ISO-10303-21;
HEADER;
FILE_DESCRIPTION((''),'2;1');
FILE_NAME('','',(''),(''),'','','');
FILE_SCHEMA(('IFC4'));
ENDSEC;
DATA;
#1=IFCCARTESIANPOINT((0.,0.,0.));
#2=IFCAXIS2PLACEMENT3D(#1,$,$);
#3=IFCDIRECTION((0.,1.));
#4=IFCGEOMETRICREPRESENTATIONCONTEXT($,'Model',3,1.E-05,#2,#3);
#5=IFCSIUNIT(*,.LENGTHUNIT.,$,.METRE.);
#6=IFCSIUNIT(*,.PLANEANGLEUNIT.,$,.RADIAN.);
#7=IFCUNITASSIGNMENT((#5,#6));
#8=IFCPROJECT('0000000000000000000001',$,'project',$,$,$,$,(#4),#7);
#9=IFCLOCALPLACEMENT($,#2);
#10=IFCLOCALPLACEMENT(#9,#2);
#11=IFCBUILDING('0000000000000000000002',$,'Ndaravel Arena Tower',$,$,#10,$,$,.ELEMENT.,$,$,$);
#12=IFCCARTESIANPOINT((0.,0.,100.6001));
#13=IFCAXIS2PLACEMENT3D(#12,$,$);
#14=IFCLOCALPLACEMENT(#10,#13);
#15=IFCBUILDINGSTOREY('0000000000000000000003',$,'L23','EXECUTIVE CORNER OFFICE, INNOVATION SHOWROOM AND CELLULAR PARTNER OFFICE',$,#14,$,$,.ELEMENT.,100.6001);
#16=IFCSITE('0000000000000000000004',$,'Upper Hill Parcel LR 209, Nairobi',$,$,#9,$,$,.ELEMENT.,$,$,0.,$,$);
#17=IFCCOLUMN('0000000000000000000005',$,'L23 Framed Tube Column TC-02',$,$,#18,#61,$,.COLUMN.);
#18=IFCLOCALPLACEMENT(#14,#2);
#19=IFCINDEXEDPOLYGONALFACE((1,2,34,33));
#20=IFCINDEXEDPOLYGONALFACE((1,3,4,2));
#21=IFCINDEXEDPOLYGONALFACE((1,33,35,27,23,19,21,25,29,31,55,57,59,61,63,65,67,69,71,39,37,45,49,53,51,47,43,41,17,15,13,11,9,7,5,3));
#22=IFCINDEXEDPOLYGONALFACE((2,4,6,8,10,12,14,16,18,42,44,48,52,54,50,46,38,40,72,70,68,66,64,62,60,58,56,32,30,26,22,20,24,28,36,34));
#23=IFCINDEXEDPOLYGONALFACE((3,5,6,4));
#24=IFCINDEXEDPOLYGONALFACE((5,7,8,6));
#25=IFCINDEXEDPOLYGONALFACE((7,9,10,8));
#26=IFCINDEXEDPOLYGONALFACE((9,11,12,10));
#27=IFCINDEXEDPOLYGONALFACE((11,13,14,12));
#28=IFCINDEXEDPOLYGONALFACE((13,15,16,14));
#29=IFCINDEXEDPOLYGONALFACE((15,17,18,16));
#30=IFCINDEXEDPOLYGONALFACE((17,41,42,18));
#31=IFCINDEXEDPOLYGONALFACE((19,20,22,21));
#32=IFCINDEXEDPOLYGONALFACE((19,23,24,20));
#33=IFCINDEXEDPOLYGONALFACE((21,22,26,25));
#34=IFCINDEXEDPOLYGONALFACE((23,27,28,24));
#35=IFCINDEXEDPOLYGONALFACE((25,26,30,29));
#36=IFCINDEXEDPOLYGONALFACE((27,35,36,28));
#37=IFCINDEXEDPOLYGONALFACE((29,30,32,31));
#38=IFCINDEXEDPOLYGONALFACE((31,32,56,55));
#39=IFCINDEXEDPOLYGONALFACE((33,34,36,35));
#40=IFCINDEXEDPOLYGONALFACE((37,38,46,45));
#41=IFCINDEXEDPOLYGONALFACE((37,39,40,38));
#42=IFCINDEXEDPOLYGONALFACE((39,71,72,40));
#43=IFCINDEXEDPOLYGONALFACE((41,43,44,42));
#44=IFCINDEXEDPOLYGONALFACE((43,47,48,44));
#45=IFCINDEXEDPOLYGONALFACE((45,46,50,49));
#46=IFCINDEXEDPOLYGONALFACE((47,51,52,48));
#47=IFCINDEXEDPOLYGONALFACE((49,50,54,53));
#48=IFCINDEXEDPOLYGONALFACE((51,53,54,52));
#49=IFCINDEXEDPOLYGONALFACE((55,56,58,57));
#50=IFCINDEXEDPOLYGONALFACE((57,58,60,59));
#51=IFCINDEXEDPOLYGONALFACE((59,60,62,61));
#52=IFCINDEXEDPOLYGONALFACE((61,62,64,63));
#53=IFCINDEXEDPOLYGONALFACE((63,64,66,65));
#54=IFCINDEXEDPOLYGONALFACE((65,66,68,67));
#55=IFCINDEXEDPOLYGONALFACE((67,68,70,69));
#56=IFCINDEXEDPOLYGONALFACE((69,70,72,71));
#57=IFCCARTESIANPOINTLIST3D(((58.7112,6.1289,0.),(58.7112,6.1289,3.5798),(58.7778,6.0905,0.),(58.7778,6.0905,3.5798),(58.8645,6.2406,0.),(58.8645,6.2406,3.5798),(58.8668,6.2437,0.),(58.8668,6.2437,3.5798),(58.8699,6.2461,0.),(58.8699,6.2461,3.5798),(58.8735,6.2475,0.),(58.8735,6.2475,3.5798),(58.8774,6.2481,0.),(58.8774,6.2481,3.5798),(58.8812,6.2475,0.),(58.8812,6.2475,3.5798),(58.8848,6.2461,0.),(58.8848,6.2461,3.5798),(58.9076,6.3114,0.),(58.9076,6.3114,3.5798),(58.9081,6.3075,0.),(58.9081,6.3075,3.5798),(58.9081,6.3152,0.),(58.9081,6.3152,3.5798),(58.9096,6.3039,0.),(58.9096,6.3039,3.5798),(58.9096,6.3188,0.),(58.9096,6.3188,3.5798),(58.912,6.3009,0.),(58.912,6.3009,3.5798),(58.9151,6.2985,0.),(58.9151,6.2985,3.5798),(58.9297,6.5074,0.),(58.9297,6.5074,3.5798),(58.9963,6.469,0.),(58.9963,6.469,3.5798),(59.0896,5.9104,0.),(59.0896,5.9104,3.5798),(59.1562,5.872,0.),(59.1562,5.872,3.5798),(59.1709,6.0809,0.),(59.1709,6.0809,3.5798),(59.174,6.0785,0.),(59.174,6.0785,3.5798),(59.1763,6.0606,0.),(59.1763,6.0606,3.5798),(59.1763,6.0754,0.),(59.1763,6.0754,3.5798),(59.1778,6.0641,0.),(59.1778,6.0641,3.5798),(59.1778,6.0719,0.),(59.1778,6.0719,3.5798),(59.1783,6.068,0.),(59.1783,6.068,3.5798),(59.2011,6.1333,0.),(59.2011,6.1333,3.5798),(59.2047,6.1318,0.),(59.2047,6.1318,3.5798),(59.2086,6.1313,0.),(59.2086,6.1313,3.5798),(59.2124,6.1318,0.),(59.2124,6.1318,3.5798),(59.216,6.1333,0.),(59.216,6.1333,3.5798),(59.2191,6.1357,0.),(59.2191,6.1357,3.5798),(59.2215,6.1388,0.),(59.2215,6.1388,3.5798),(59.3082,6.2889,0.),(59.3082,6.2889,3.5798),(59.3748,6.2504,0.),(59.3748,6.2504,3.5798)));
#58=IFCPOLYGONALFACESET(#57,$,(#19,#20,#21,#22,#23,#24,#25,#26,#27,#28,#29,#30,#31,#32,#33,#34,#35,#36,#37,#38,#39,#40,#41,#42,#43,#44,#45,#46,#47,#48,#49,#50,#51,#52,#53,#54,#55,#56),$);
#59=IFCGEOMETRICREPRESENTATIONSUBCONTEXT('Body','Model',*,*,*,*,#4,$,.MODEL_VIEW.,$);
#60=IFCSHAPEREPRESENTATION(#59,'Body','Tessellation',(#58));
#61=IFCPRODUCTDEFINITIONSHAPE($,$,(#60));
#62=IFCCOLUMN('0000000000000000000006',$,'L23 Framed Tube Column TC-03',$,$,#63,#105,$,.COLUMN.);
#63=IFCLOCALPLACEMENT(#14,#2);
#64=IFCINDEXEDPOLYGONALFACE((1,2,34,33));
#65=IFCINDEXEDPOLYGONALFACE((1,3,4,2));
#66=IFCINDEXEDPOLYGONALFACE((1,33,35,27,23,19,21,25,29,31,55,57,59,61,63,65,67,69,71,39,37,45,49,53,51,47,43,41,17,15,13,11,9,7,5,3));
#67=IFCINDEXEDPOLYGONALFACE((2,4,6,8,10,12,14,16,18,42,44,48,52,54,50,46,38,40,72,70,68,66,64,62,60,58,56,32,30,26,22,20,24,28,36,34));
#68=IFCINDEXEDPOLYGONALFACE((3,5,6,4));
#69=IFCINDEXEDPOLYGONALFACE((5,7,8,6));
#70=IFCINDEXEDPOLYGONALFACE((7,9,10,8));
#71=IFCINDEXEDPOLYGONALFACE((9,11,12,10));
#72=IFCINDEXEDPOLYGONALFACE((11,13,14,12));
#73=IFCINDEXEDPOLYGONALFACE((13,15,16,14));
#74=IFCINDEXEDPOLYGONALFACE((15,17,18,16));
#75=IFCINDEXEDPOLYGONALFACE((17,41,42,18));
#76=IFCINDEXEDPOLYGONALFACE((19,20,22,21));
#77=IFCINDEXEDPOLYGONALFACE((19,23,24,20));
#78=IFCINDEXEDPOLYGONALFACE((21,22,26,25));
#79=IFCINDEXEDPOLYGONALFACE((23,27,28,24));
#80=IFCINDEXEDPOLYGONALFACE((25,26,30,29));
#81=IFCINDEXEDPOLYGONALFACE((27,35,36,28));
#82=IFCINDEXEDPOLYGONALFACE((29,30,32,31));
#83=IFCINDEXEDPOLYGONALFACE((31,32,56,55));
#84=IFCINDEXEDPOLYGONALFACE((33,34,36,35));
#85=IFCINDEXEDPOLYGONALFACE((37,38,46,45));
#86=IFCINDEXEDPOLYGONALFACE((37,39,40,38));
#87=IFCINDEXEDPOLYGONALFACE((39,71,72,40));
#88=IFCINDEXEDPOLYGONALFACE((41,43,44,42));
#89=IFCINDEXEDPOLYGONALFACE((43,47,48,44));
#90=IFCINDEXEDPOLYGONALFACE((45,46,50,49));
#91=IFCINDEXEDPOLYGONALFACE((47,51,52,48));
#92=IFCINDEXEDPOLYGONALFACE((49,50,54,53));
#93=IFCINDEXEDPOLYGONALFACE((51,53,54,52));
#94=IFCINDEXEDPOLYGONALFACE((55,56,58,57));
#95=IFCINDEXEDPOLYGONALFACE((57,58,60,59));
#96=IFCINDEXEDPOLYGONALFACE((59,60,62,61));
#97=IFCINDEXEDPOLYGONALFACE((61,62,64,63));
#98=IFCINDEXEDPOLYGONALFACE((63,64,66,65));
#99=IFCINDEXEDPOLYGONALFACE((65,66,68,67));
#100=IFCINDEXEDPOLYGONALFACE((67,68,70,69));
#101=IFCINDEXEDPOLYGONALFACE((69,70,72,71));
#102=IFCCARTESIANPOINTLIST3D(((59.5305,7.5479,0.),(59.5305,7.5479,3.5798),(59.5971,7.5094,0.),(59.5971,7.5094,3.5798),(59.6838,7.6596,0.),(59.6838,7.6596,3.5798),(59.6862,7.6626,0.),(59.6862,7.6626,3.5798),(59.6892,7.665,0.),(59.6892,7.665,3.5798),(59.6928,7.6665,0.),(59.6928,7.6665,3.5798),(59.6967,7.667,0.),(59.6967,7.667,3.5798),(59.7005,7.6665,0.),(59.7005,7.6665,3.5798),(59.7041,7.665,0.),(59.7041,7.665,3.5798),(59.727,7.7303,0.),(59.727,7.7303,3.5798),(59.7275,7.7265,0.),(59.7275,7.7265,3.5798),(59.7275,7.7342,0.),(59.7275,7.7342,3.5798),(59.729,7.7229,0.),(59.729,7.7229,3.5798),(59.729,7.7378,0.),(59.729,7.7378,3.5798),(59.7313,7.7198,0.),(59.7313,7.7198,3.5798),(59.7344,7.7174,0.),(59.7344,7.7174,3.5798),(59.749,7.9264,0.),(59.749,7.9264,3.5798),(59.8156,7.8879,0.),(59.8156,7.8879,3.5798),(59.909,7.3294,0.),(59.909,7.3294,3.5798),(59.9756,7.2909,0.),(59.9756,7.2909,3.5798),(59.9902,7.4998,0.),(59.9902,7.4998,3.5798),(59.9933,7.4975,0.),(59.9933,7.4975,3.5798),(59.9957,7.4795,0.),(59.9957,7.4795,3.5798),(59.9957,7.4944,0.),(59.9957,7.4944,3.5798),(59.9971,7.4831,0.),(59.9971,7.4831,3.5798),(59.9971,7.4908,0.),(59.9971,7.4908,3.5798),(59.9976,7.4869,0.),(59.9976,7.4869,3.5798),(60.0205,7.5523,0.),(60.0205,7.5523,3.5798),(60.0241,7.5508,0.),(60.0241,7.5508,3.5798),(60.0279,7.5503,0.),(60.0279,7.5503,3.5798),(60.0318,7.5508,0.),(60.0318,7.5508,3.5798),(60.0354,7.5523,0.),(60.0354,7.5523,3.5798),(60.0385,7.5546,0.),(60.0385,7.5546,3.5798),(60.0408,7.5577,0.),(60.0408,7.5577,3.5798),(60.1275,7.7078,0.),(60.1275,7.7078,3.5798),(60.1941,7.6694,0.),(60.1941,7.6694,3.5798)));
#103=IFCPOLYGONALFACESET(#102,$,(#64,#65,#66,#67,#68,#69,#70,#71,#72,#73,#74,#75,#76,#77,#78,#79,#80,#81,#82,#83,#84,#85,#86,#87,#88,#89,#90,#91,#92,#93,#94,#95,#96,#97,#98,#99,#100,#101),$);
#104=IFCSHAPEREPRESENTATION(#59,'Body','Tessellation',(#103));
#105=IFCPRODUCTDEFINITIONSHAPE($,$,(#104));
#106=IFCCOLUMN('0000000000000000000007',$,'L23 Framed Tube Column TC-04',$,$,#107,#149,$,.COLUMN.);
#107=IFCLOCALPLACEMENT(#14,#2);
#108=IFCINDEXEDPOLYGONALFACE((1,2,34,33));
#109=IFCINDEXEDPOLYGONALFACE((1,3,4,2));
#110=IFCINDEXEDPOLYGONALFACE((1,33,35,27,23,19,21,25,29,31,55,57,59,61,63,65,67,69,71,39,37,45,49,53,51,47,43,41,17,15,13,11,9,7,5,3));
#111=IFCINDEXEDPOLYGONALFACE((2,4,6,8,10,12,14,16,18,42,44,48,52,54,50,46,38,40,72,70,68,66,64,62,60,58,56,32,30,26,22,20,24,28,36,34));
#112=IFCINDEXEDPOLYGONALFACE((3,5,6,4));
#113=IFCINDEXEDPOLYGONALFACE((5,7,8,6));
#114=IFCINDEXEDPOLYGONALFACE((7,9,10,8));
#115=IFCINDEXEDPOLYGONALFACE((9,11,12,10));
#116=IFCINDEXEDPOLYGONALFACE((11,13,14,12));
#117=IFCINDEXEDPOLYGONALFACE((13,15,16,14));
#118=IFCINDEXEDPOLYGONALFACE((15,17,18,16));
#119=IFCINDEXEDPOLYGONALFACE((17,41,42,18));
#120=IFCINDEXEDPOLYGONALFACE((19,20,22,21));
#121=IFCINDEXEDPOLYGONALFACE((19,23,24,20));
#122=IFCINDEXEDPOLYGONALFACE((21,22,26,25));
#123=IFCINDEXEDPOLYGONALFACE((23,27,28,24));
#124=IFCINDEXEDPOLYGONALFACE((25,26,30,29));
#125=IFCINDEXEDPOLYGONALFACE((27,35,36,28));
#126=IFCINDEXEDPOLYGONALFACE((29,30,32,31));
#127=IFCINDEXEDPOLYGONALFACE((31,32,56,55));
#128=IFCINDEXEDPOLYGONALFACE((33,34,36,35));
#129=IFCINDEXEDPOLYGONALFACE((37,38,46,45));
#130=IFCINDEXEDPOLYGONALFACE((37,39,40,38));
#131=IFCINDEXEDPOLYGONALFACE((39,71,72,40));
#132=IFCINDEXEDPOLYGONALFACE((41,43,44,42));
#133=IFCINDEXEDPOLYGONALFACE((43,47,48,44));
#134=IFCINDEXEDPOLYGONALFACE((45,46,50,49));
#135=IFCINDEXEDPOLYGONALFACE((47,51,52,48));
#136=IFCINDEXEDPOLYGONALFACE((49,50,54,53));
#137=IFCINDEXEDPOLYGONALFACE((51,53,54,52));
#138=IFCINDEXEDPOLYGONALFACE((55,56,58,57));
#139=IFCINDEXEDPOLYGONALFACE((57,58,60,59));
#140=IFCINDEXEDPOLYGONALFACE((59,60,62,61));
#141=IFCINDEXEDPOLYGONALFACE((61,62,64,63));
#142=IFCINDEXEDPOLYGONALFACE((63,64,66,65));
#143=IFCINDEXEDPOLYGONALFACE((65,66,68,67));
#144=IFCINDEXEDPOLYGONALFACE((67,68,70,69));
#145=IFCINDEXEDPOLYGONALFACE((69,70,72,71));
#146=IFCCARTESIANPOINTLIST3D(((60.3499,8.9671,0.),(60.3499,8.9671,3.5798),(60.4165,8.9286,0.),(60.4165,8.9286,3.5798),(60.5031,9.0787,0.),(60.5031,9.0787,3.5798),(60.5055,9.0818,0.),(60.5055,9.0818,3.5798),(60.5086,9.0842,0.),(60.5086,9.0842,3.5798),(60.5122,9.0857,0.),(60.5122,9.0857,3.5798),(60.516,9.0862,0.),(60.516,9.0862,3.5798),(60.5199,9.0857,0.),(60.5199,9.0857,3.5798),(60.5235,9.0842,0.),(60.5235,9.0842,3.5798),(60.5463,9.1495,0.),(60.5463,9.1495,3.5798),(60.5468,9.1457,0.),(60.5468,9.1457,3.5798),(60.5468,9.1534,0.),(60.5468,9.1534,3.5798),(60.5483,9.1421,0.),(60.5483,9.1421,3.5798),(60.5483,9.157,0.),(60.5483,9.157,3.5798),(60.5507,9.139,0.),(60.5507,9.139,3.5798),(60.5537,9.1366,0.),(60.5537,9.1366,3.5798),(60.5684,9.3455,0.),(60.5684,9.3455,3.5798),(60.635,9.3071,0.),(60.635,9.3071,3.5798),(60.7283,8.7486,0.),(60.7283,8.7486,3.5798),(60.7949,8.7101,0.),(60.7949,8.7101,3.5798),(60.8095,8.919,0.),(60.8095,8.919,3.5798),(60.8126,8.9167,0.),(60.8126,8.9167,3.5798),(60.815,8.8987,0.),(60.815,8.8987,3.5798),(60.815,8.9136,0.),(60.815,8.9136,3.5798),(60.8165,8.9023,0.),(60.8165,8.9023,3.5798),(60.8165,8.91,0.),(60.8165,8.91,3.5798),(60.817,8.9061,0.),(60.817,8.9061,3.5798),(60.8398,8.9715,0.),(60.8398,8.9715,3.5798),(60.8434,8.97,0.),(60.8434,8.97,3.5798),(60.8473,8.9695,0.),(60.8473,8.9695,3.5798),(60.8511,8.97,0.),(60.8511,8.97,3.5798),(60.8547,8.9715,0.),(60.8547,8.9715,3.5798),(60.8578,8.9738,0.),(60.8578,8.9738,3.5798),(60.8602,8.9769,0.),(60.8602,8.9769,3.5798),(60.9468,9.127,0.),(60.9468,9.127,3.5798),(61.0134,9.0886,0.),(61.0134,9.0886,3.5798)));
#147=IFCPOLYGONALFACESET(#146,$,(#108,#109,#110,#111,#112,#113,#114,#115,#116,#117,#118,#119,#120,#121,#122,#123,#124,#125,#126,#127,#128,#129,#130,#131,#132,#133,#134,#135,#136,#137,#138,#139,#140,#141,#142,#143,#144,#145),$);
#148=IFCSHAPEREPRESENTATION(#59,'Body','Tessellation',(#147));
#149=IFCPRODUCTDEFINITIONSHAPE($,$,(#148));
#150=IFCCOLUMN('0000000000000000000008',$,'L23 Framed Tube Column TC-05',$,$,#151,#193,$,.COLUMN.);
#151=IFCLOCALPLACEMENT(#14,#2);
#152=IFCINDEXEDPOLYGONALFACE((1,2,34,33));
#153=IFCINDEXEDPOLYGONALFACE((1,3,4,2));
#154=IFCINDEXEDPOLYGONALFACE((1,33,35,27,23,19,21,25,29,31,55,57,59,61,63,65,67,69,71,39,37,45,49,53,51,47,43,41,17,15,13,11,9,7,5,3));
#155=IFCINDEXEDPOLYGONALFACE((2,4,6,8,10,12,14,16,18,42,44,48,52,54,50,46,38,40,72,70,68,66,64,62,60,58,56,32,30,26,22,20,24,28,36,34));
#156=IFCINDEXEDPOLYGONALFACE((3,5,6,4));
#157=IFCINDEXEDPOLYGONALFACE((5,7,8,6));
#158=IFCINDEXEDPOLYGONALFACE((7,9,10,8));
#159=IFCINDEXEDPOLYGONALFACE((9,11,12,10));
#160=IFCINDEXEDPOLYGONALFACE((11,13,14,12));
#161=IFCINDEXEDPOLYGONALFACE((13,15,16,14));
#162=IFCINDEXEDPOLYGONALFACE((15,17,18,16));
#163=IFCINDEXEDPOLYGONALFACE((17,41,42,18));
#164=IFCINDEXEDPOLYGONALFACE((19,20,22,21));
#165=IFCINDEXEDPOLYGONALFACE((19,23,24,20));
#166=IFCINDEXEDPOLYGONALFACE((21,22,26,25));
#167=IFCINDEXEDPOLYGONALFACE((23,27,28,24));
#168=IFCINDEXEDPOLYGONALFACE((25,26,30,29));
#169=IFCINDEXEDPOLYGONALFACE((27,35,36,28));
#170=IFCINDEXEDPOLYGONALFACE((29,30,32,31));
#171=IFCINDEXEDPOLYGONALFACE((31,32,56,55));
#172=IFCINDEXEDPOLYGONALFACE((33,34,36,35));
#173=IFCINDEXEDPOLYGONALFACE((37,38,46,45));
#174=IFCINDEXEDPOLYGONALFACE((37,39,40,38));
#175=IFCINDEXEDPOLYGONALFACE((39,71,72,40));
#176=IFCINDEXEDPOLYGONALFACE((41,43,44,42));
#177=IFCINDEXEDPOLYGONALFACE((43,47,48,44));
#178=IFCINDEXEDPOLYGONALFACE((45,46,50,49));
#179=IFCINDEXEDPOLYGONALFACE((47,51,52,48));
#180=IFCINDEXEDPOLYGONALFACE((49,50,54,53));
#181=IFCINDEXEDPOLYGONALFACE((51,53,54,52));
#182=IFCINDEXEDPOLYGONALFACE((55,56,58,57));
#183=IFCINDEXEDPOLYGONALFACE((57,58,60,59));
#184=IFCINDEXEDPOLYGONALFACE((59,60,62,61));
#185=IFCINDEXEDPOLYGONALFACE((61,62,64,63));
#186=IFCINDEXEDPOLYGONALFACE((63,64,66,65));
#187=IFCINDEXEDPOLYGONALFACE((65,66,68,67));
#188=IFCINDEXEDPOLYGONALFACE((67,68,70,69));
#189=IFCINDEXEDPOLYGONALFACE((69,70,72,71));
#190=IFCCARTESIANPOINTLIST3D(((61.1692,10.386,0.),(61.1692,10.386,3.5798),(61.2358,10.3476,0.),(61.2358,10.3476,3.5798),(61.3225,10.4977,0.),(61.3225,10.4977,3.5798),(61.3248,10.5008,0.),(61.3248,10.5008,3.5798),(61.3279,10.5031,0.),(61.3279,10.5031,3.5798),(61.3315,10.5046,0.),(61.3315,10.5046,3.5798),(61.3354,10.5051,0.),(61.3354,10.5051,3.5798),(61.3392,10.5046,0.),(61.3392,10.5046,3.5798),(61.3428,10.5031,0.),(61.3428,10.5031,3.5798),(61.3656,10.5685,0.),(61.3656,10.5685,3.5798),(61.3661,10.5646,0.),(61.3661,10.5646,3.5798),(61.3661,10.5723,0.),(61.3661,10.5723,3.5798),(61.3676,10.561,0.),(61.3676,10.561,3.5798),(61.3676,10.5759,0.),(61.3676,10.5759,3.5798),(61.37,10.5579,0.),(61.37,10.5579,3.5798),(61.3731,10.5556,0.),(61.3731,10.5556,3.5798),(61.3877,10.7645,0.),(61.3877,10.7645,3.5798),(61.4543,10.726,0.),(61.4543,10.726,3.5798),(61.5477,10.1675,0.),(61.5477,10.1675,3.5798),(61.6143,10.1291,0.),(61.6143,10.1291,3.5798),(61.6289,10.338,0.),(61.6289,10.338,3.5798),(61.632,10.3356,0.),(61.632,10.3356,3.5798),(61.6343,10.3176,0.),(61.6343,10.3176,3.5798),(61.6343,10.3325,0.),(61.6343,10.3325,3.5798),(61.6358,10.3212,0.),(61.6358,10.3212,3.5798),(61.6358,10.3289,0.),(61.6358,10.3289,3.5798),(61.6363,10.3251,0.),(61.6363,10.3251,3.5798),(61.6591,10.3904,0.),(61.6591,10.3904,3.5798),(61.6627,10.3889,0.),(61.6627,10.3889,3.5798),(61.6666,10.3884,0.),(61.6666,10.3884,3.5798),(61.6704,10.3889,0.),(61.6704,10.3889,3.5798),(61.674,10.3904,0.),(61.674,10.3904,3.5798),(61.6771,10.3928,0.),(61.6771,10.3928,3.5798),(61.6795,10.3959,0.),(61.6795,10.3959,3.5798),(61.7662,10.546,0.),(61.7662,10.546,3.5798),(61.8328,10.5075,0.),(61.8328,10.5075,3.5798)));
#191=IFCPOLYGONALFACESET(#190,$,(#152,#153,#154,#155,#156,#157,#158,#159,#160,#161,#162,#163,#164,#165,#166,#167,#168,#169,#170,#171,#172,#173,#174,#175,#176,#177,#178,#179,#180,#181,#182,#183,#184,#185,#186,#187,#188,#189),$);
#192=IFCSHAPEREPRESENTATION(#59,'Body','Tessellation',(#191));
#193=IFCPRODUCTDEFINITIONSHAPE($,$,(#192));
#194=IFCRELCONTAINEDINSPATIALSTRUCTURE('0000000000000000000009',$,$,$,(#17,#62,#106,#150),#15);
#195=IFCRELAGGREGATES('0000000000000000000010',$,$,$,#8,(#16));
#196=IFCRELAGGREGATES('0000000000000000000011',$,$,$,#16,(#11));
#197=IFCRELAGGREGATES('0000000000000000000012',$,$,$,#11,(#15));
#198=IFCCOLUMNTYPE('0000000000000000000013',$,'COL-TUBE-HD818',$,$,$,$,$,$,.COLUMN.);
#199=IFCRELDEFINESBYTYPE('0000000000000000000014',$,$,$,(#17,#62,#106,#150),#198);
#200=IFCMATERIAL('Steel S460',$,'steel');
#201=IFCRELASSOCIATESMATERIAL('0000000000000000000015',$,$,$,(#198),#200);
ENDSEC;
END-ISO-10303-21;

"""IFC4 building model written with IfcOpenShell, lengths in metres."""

from ifc_helpers import new_model, si_unit, direction, frame, origin, origin_2d, place, context, subcontext, project, spatial, i_section, extrude, material, material_profile, profile_set, type_object, element, save


model = new_model("IFC4")

# Units and contexts
model_context = context("Model", 3, precision=1e-05, world=origin(), true_north=direction((0.0, 1.0)))
body_context = subcontext(model_context, "Body", "Model", "MODEL_VIEW")
ifc_project = project(units=[si_unit("LENGTHUNIT", "METRE"), si_unit("PLANEANGLEUNIT", "RADIAN")], contexts=[model_context])

# Site, building, storey
site_placement = place(None, origin())
site = spatial("IfcSite", under=ifc_project, at=site_placement, Name="Upper Hill Parcel LR 209, Nairobi", CompositionType="ELEMENT", RefElevation=0.0)
building_placement = place(site_placement, origin())
building = spatial("IfcBuilding", under=site, at=building_placement, Name="Ndaravel Arena Tower", CompositionType="ELEMENT")
storey_placement = place(building_placement, frame((0.0, 0.0, 100.6001)))
storey = spatial("IfcBuildingStorey", under=building, at=storey_placement, Name="L23", Description="EXECUTIVE CORNER OFFICE, INNOVATION SHOWROOM AND CELLULAR PARTNER OFFICE", CompositionType="ELEMENT", Elevation=100.6001)

# Columns
ifc_material_1 = material(Name="Steel S460", Category="steel")
ifc_material_profile_1 = material_profile(ifc_material_1, i_section(OverallWidth=0.437, OverallDepth=0.5139, WebThickness=0.0605, FlangeThickness=0.0769, FilletRadius=0.0149, at=origin_2d()), Name="HD 400x818")
ifc_profile_set_1 = profile_set([ifc_material_profile_1], Name="Steel S460")
column_type = type_object("IfcColumnType", Name="COL-TUBE-HD818", PredefinedType="COLUMN", material=ifc_profile_set_1)
for number, where, z_axis, x_axis, name in (
    (1, (59.043, 6.1897, 0.0), (0.0, 0.0, 1.0), (0.5, 0.866025, 0.0), "L23 Framed Tube Column TC-02"),
    (2, (59.8623, 7.6086, 0.0), (0.0, 0.0, 1.0), (0.5, 0.866025, 0.0), "L23 Framed Tube Column TC-03"),
    (3, (60.6816, 9.0278, 0.0), (0.0, 0.0, 1.0), (0.5, 0.866025, 0.0), "L23 Framed Tube Column TC-04"),
    (4, (61.501, 10.4468, 0.0), (0.0, 0.0, 1.0), (0.5, 0.866025, 0.0), "L23 Framed Tube Column TC-05"),
):
    element("IfcColumn", number, at=place(storey_placement, frame(where, z_axis=z_axis, x_axis=x_axis)), inside=storey, type_object=column_type, Name=name, PredefinedType="COLUMN", context=body_context, shape_type="SweptSolid", body=[
        extrude(i_section(OverallWidth=0.437, OverallDepth=0.5139, WebThickness=0.0605, FlangeThickness=0.0769, FilletRadius=0.0149, at=origin_2d()), origin(), (0.0, 0.0, 1.0), 3.5798),
    ])

save(model, "model.ifc")
